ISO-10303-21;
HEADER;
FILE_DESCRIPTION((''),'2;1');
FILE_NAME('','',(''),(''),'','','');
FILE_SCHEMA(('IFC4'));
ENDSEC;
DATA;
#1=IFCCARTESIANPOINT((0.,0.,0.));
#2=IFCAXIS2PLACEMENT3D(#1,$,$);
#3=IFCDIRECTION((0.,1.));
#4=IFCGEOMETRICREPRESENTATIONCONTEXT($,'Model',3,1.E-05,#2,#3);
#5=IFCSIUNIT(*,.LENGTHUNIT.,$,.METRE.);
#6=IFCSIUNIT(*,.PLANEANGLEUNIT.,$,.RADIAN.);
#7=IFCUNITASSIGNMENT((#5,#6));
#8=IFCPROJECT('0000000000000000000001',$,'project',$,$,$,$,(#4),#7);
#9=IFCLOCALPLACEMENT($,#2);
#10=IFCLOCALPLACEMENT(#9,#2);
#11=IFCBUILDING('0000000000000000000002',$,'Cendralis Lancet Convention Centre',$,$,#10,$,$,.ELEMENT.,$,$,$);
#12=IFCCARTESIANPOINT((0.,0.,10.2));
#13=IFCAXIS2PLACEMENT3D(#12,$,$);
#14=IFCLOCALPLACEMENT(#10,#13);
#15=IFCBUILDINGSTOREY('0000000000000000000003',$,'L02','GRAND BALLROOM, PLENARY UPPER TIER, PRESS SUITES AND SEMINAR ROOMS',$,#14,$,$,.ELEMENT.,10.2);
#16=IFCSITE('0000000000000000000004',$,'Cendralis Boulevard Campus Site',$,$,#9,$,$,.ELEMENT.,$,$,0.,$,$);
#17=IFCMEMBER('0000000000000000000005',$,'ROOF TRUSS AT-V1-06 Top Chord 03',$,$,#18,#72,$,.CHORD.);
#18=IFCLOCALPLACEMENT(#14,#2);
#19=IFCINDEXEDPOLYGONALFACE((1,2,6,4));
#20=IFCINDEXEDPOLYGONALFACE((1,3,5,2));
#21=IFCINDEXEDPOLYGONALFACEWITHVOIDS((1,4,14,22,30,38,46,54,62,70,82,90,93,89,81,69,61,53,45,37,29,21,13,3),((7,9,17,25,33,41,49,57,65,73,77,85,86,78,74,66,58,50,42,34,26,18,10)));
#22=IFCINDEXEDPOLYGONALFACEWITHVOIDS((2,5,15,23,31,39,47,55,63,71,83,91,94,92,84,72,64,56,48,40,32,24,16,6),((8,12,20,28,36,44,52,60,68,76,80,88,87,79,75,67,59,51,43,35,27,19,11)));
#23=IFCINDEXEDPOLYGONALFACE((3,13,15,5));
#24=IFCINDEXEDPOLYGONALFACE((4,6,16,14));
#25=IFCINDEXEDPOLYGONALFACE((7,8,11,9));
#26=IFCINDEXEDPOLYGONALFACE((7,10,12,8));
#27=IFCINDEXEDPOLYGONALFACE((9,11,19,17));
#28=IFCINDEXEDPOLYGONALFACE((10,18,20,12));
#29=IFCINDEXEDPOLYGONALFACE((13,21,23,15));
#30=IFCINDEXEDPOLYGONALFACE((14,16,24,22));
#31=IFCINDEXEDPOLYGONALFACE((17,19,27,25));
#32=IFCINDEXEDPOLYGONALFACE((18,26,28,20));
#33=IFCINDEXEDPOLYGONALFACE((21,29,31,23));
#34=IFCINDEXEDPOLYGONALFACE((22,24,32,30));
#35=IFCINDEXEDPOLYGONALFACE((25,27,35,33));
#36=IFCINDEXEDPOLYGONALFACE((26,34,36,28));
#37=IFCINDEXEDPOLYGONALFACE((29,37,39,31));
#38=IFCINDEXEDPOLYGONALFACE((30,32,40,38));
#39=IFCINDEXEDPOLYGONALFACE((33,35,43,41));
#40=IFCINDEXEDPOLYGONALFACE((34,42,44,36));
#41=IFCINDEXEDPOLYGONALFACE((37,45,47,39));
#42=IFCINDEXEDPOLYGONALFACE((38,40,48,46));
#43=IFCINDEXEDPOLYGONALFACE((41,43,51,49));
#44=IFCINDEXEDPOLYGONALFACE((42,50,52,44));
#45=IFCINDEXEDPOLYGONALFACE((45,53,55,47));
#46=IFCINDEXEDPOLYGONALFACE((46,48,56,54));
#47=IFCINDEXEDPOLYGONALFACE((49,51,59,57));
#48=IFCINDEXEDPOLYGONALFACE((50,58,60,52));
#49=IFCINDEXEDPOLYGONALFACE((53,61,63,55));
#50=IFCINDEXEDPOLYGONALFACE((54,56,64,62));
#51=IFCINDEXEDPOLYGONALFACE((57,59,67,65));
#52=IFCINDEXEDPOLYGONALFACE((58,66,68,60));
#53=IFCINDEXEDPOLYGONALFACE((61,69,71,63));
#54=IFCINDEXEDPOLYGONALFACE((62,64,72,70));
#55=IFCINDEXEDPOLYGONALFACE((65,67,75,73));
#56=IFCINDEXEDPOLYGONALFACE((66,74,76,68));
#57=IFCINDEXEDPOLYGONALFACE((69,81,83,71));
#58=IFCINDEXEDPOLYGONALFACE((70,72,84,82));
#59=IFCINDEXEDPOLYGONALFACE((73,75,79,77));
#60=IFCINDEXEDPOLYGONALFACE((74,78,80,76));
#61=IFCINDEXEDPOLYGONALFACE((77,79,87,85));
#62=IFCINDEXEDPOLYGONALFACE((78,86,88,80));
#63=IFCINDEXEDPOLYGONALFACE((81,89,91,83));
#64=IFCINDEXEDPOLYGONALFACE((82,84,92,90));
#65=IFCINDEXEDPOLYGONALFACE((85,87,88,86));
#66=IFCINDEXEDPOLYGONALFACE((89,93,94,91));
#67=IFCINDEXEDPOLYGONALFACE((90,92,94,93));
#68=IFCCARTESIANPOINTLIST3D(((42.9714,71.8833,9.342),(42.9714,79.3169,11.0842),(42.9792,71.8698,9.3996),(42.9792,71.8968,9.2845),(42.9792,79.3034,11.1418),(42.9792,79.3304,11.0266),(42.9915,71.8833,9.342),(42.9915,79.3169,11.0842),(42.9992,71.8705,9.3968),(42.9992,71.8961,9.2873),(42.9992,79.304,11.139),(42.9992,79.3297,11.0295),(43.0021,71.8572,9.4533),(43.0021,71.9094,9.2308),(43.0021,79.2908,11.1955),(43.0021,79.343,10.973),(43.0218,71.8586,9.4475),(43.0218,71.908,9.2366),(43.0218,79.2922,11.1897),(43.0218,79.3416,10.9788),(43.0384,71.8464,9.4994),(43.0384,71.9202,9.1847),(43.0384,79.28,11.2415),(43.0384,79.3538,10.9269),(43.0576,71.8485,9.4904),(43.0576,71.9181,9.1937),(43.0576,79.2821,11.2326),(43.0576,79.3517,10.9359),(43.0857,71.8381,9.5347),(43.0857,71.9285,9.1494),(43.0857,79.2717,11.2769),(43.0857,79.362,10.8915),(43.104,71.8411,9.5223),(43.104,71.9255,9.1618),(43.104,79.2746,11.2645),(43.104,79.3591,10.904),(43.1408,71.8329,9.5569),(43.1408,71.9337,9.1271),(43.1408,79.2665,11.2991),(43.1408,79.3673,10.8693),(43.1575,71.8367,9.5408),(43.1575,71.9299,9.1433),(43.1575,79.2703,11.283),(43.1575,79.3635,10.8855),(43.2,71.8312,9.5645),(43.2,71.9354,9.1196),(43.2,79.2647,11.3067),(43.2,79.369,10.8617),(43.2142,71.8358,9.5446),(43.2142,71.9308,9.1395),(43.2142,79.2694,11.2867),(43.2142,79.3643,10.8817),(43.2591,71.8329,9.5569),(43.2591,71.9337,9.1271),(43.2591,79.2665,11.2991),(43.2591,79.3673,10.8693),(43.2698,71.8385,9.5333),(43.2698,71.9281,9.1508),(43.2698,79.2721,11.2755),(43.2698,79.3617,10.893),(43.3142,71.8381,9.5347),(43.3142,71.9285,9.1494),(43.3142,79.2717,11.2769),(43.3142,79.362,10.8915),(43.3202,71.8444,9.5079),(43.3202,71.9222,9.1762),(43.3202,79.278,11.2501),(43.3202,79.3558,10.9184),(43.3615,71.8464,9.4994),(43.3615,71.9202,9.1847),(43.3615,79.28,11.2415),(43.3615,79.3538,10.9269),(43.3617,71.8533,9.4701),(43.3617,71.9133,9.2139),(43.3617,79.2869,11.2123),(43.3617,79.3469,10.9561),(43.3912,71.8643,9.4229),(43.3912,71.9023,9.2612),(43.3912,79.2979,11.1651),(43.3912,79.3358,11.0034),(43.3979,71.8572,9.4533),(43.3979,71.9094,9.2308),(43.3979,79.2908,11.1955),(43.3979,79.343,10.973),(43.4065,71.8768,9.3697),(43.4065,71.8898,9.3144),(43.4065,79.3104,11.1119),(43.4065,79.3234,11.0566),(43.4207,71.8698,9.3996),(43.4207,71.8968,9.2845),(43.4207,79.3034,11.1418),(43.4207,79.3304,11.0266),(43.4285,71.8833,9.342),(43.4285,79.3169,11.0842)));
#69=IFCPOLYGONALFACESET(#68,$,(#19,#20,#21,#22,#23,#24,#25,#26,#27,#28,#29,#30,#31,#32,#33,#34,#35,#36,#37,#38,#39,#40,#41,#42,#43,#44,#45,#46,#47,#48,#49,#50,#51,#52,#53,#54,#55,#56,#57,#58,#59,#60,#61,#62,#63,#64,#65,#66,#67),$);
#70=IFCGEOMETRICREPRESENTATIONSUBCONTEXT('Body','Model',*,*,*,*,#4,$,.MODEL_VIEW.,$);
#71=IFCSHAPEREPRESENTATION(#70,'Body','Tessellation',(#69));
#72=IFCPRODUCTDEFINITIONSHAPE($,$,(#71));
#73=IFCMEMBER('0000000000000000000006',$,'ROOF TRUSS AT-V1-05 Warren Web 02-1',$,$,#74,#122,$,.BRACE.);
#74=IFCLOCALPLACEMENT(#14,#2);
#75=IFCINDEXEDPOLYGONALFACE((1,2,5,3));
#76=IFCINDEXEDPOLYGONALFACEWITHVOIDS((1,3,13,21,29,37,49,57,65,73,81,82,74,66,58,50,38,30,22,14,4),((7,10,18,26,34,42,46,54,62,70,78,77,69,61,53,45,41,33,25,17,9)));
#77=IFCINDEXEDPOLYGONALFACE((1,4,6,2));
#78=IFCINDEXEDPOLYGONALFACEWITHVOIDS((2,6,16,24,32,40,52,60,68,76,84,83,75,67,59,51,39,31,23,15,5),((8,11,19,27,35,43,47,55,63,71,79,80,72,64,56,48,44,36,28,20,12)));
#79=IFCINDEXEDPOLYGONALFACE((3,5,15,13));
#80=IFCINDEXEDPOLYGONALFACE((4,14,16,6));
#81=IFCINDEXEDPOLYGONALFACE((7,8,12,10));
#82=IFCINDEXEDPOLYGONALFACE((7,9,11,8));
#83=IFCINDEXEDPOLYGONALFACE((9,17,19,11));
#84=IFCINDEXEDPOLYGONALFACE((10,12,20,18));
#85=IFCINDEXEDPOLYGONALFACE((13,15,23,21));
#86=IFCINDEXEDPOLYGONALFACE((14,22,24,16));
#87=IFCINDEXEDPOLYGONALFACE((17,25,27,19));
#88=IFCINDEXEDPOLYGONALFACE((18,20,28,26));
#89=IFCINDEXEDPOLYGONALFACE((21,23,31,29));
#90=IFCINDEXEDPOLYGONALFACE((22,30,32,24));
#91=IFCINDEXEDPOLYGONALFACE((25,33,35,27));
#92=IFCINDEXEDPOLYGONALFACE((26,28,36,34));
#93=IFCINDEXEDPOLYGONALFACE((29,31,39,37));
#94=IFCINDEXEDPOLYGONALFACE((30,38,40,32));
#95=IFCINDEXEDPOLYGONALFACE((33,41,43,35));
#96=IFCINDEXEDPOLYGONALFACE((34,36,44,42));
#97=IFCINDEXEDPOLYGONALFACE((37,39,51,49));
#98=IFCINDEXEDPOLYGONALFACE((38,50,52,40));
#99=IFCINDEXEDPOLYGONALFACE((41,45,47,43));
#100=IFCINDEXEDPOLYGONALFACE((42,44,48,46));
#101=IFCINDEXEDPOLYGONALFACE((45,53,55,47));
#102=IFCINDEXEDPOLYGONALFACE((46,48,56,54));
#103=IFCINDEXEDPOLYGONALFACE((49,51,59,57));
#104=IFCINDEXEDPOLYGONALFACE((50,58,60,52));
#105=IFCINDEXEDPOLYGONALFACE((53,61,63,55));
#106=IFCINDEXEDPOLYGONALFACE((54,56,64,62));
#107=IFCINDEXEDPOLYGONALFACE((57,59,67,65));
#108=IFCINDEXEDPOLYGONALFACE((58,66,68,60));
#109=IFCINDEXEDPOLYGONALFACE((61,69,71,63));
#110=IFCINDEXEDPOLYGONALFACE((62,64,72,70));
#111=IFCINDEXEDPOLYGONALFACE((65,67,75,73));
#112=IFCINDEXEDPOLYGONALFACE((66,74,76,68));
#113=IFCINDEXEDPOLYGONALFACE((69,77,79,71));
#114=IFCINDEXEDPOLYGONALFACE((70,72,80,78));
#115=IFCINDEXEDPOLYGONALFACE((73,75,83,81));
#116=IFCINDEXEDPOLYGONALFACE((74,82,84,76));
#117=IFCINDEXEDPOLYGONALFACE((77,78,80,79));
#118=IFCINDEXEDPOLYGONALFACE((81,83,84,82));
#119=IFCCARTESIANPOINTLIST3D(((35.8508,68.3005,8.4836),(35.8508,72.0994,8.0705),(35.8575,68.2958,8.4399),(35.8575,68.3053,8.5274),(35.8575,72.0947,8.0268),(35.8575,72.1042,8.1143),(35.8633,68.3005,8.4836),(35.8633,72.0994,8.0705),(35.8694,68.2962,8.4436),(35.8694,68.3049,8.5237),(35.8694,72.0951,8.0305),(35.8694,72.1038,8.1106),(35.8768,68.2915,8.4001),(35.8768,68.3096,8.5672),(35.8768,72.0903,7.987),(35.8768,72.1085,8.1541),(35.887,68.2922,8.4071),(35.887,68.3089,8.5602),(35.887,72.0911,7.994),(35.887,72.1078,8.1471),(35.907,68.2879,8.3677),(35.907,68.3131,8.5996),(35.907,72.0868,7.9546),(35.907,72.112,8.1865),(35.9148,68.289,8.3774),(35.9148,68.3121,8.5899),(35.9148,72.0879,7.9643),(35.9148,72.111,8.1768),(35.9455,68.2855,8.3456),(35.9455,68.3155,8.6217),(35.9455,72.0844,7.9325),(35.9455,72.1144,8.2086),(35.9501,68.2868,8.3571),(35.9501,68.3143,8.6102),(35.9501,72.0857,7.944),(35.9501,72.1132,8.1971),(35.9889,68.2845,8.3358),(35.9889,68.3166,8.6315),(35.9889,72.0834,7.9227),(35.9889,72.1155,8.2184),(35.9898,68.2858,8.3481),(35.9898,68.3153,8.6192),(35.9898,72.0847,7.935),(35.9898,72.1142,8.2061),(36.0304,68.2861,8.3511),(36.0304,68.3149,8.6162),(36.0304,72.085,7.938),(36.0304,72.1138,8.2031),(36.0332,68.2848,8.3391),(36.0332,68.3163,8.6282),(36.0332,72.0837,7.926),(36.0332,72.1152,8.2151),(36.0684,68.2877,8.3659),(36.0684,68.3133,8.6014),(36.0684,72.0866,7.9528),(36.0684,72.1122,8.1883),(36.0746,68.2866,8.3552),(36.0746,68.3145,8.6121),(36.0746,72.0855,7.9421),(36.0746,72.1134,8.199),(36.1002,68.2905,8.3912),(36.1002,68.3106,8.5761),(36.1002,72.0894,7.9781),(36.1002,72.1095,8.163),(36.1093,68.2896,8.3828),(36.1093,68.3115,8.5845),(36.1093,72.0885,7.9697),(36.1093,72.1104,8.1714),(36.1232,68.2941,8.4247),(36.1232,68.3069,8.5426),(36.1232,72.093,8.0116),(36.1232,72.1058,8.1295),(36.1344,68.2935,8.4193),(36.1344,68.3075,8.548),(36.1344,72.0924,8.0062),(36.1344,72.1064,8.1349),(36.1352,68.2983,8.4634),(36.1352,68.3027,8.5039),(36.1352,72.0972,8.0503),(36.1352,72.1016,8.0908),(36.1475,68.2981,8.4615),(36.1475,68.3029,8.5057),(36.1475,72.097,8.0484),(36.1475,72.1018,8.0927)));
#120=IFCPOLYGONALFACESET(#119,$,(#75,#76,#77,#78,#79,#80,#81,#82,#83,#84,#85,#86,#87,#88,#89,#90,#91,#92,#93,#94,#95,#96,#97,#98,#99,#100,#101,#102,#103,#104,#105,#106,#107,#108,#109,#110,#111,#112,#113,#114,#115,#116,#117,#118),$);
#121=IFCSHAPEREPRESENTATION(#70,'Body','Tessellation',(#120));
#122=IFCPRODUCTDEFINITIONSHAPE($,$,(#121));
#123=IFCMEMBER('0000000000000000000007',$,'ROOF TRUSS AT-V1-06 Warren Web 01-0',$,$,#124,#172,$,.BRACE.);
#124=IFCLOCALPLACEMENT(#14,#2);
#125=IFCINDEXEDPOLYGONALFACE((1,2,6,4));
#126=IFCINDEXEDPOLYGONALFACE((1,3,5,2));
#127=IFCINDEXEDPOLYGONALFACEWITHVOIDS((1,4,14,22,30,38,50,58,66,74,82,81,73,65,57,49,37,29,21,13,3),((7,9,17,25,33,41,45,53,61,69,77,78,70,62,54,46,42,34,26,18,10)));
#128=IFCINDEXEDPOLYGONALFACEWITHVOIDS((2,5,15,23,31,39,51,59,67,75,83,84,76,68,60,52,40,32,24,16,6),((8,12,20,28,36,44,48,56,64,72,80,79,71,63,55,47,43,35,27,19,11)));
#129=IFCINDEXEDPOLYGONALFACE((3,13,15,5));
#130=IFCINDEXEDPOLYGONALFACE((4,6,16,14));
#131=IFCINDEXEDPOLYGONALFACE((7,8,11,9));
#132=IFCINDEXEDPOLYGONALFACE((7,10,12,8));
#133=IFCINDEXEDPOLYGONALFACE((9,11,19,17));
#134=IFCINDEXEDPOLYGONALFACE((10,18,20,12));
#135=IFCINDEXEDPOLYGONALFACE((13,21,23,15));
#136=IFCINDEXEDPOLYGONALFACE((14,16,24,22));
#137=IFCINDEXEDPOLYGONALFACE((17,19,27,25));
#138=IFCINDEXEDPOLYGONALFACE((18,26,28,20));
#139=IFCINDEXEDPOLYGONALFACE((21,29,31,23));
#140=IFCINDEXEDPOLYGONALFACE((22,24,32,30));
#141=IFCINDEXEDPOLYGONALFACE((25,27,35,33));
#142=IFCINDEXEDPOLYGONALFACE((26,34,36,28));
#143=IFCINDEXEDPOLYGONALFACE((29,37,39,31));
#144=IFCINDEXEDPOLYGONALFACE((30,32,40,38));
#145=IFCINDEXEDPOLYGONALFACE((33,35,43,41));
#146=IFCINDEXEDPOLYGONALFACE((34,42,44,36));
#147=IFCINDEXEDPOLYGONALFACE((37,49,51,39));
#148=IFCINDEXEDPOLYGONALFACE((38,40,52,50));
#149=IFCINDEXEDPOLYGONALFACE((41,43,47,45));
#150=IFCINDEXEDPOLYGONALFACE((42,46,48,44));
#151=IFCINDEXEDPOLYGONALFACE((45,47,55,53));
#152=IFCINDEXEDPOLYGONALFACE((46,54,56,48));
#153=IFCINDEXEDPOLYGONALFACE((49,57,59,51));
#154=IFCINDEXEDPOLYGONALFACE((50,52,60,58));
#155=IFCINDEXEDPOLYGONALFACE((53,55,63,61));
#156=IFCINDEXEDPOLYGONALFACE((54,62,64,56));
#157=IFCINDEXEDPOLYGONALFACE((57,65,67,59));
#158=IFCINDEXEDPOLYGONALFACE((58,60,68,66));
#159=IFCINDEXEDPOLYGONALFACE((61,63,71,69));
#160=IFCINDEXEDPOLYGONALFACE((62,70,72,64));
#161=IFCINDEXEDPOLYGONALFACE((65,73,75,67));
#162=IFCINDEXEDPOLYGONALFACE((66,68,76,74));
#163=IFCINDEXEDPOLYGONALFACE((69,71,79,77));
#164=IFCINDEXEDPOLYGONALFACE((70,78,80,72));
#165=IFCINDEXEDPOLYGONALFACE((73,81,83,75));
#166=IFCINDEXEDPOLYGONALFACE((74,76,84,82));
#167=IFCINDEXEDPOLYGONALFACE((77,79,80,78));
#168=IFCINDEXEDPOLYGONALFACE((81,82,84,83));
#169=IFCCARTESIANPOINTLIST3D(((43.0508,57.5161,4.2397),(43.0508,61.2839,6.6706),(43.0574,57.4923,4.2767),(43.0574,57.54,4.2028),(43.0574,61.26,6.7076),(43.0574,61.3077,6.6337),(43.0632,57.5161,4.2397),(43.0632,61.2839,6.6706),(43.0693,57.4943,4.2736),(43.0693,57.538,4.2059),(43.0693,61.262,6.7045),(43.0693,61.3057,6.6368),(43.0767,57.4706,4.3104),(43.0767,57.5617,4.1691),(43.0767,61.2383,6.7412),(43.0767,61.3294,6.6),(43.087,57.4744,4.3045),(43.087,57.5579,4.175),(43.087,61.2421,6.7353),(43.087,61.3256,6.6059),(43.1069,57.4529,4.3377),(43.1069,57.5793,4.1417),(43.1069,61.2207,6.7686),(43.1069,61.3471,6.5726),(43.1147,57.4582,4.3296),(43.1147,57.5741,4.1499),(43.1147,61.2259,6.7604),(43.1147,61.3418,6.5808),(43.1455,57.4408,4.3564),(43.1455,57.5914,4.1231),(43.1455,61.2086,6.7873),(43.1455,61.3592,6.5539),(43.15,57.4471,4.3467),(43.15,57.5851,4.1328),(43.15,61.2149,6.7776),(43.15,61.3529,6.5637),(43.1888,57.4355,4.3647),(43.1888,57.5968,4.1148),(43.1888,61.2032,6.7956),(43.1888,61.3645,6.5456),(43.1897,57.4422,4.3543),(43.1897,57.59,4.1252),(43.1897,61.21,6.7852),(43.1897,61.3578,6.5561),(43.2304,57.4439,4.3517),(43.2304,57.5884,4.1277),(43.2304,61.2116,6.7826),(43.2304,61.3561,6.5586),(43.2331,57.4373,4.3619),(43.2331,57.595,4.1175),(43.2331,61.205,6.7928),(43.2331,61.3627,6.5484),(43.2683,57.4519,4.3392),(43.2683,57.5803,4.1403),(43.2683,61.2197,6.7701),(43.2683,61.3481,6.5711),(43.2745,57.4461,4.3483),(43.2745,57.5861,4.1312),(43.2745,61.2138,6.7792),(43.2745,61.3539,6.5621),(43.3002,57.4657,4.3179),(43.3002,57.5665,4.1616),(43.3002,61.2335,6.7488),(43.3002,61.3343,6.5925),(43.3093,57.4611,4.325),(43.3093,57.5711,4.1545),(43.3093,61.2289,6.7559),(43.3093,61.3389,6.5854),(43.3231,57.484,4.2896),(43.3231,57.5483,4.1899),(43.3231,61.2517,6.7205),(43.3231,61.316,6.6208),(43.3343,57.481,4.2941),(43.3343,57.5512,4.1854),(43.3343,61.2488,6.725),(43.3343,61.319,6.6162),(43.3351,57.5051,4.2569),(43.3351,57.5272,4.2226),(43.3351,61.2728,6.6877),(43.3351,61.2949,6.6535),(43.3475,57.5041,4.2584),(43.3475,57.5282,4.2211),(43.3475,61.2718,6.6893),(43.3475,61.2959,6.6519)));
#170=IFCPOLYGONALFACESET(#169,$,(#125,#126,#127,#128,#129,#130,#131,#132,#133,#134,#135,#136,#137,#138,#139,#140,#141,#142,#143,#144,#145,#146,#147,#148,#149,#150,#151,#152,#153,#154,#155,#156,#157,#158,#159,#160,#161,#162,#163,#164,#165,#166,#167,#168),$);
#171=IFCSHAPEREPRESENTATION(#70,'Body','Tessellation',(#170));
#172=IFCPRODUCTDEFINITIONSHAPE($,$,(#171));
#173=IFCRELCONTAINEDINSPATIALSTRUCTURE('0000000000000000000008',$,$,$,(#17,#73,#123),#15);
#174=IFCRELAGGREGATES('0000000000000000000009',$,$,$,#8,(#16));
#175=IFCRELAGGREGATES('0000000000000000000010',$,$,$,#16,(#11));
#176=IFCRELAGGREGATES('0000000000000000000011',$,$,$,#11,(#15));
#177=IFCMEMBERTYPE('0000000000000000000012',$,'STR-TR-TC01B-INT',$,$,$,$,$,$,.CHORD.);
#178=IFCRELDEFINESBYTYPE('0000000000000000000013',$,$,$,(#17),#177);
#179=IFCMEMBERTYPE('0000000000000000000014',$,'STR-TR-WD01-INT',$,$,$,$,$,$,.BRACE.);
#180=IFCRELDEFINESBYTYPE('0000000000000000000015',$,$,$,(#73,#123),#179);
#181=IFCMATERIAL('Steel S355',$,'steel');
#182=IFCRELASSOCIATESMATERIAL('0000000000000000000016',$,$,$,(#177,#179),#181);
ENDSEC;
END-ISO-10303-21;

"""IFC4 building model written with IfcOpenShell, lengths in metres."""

from ifc_helpers import new_model, si_unit, direction, frame, origin, origin_2d, place, context, subcontext, project, spatial, hollow_circle, extrude, material, material_profile, profile_set, type_object, element, save


model = new_model("IFC4")

# Units and contexts
model_context = context("Model", 3, precision=1e-05, world=origin(), true_north=direction((0.0, 1.0)))
body_context = subcontext(model_context, "Body", "Model", "MODEL_VIEW")
ifc_project = project(units=[si_unit("LENGTHUNIT", "METRE"), si_unit("PLANEANGLEUNIT", "RADIAN")], contexts=[model_context])

# Site, building, storey
site_placement = place(None, origin())
site = spatial("IfcSite", under=ifc_project, at=site_placement, Name="Cendralis Boulevard Campus Site", CompositionType="ELEMENT", RefElevation=0.0)
building_placement = place(site_placement, origin())
building = spatial("IfcBuilding", under=site, at=building_placement, Name="Cendralis Lancet Convention Centre", CompositionType="ELEMENT")
storey_placement = place(building_placement, frame((0.0, 0.0, 10.2)))
storey = spatial("IfcBuildingStorey", under=building, at=storey_placement, Name="L02", Description="GRAND BALLROOM, PLENARY UPPER TIER, PRESS SUITES AND SEMINAR ROOMS", CompositionType="ELEMENT", Elevation=10.2)

# Members
ifc_material = material(Name="Steel S355", Category="steel")
ifc_material_profile_1 = material_profile(ifc_material, hollow_circle(Radius=0.2285, WallThickness=0.02, at=origin_2d()), Name="CHS 457.0x20.0")
ifc_profile_set_1 = profile_set([ifc_material_profile_1], Name="Steel S355")
member_type_1 = type_object("IfcMemberType", Name="STR-TR-TC01B-INT", PredefinedType="CHORD", material=ifc_profile_set_1)
for number, where, z_axis, x_axis, name in (
    (1, (43.2, 71.8833, 9.342), (0.0, 0.973618, 0.228184), (-1.0, 0.0, 0.0), "ROOF TRUSS AT-V1-06 Top Chord 03"),
):
    element("IfcMember", number, at=place(storey_placement, frame(where, z_axis=z_axis, x_axis=x_axis)), inside=storey, type_object=member_type_1, Name=name, PredefinedType="CHORD", context=body_context, shape_type="SweptSolid", body=[
        extrude(hollow_circle(Radius=0.2285, WallThickness=0.02, at=origin_2d()), origin(), (0.0, 0.0, 1.0), 7.635),
    ])
ifc_material_profile_2 = material_profile(ifc_material, hollow_circle(Radius=0.1492, WallThickness=0.0125, at=origin_2d()), Name="CHS 298.5x12.5")
ifc_profile_set_2 = profile_set([ifc_material_profile_2], Name="Steel S355")
member_type_2 = type_object("IfcMemberType", Name="STR-TR-WD01-INT", PredefinedType="BRACE", material=ifc_profile_set_2)
member_1_placement = place(storey_placement, frame((36.0, 68.3005, 8.4836), z_axis=(0.0, 0.99414, -0.108103), x_axis=(-1.0, 0.0, 0.0)))
element("IfcMember", 2, at=member_1_placement, inside=storey, type_object=member_type_2, Name="ROOF TRUSS AT-V1-05 Warren Web 02-1", PredefinedType="BRACE", context=body_context, shape_type="SweptSolid", body=[
    extrude(hollow_circle(Radius=0.1492, WallThickness=0.0125, at=origin_2d()), origin(), (0.0, 0.0, 1.0), 3.8213),
])
member_2_placement = place(storey_placement, frame((43.2, 57.5161, 4.2397), z_axis=(0.0, 0.840291, 0.542136), x_axis=(-1.0, 0.0, 0.0)))
element("IfcMember", 3, at=member_2_placement, inside=storey, type_object=member_type_2, Name="ROOF TRUSS AT-V1-06 Warren Web 01-0", PredefinedType="BRACE", context=body_context, shape_type="SweptSolid", body=[
    extrude(hollow_circle(Radius=0.1492, WallThickness=0.0125, at=origin_2d()), origin(), (0.0, 0.0, 1.0), 4.4839),
])

save(model, "model.ifc")
